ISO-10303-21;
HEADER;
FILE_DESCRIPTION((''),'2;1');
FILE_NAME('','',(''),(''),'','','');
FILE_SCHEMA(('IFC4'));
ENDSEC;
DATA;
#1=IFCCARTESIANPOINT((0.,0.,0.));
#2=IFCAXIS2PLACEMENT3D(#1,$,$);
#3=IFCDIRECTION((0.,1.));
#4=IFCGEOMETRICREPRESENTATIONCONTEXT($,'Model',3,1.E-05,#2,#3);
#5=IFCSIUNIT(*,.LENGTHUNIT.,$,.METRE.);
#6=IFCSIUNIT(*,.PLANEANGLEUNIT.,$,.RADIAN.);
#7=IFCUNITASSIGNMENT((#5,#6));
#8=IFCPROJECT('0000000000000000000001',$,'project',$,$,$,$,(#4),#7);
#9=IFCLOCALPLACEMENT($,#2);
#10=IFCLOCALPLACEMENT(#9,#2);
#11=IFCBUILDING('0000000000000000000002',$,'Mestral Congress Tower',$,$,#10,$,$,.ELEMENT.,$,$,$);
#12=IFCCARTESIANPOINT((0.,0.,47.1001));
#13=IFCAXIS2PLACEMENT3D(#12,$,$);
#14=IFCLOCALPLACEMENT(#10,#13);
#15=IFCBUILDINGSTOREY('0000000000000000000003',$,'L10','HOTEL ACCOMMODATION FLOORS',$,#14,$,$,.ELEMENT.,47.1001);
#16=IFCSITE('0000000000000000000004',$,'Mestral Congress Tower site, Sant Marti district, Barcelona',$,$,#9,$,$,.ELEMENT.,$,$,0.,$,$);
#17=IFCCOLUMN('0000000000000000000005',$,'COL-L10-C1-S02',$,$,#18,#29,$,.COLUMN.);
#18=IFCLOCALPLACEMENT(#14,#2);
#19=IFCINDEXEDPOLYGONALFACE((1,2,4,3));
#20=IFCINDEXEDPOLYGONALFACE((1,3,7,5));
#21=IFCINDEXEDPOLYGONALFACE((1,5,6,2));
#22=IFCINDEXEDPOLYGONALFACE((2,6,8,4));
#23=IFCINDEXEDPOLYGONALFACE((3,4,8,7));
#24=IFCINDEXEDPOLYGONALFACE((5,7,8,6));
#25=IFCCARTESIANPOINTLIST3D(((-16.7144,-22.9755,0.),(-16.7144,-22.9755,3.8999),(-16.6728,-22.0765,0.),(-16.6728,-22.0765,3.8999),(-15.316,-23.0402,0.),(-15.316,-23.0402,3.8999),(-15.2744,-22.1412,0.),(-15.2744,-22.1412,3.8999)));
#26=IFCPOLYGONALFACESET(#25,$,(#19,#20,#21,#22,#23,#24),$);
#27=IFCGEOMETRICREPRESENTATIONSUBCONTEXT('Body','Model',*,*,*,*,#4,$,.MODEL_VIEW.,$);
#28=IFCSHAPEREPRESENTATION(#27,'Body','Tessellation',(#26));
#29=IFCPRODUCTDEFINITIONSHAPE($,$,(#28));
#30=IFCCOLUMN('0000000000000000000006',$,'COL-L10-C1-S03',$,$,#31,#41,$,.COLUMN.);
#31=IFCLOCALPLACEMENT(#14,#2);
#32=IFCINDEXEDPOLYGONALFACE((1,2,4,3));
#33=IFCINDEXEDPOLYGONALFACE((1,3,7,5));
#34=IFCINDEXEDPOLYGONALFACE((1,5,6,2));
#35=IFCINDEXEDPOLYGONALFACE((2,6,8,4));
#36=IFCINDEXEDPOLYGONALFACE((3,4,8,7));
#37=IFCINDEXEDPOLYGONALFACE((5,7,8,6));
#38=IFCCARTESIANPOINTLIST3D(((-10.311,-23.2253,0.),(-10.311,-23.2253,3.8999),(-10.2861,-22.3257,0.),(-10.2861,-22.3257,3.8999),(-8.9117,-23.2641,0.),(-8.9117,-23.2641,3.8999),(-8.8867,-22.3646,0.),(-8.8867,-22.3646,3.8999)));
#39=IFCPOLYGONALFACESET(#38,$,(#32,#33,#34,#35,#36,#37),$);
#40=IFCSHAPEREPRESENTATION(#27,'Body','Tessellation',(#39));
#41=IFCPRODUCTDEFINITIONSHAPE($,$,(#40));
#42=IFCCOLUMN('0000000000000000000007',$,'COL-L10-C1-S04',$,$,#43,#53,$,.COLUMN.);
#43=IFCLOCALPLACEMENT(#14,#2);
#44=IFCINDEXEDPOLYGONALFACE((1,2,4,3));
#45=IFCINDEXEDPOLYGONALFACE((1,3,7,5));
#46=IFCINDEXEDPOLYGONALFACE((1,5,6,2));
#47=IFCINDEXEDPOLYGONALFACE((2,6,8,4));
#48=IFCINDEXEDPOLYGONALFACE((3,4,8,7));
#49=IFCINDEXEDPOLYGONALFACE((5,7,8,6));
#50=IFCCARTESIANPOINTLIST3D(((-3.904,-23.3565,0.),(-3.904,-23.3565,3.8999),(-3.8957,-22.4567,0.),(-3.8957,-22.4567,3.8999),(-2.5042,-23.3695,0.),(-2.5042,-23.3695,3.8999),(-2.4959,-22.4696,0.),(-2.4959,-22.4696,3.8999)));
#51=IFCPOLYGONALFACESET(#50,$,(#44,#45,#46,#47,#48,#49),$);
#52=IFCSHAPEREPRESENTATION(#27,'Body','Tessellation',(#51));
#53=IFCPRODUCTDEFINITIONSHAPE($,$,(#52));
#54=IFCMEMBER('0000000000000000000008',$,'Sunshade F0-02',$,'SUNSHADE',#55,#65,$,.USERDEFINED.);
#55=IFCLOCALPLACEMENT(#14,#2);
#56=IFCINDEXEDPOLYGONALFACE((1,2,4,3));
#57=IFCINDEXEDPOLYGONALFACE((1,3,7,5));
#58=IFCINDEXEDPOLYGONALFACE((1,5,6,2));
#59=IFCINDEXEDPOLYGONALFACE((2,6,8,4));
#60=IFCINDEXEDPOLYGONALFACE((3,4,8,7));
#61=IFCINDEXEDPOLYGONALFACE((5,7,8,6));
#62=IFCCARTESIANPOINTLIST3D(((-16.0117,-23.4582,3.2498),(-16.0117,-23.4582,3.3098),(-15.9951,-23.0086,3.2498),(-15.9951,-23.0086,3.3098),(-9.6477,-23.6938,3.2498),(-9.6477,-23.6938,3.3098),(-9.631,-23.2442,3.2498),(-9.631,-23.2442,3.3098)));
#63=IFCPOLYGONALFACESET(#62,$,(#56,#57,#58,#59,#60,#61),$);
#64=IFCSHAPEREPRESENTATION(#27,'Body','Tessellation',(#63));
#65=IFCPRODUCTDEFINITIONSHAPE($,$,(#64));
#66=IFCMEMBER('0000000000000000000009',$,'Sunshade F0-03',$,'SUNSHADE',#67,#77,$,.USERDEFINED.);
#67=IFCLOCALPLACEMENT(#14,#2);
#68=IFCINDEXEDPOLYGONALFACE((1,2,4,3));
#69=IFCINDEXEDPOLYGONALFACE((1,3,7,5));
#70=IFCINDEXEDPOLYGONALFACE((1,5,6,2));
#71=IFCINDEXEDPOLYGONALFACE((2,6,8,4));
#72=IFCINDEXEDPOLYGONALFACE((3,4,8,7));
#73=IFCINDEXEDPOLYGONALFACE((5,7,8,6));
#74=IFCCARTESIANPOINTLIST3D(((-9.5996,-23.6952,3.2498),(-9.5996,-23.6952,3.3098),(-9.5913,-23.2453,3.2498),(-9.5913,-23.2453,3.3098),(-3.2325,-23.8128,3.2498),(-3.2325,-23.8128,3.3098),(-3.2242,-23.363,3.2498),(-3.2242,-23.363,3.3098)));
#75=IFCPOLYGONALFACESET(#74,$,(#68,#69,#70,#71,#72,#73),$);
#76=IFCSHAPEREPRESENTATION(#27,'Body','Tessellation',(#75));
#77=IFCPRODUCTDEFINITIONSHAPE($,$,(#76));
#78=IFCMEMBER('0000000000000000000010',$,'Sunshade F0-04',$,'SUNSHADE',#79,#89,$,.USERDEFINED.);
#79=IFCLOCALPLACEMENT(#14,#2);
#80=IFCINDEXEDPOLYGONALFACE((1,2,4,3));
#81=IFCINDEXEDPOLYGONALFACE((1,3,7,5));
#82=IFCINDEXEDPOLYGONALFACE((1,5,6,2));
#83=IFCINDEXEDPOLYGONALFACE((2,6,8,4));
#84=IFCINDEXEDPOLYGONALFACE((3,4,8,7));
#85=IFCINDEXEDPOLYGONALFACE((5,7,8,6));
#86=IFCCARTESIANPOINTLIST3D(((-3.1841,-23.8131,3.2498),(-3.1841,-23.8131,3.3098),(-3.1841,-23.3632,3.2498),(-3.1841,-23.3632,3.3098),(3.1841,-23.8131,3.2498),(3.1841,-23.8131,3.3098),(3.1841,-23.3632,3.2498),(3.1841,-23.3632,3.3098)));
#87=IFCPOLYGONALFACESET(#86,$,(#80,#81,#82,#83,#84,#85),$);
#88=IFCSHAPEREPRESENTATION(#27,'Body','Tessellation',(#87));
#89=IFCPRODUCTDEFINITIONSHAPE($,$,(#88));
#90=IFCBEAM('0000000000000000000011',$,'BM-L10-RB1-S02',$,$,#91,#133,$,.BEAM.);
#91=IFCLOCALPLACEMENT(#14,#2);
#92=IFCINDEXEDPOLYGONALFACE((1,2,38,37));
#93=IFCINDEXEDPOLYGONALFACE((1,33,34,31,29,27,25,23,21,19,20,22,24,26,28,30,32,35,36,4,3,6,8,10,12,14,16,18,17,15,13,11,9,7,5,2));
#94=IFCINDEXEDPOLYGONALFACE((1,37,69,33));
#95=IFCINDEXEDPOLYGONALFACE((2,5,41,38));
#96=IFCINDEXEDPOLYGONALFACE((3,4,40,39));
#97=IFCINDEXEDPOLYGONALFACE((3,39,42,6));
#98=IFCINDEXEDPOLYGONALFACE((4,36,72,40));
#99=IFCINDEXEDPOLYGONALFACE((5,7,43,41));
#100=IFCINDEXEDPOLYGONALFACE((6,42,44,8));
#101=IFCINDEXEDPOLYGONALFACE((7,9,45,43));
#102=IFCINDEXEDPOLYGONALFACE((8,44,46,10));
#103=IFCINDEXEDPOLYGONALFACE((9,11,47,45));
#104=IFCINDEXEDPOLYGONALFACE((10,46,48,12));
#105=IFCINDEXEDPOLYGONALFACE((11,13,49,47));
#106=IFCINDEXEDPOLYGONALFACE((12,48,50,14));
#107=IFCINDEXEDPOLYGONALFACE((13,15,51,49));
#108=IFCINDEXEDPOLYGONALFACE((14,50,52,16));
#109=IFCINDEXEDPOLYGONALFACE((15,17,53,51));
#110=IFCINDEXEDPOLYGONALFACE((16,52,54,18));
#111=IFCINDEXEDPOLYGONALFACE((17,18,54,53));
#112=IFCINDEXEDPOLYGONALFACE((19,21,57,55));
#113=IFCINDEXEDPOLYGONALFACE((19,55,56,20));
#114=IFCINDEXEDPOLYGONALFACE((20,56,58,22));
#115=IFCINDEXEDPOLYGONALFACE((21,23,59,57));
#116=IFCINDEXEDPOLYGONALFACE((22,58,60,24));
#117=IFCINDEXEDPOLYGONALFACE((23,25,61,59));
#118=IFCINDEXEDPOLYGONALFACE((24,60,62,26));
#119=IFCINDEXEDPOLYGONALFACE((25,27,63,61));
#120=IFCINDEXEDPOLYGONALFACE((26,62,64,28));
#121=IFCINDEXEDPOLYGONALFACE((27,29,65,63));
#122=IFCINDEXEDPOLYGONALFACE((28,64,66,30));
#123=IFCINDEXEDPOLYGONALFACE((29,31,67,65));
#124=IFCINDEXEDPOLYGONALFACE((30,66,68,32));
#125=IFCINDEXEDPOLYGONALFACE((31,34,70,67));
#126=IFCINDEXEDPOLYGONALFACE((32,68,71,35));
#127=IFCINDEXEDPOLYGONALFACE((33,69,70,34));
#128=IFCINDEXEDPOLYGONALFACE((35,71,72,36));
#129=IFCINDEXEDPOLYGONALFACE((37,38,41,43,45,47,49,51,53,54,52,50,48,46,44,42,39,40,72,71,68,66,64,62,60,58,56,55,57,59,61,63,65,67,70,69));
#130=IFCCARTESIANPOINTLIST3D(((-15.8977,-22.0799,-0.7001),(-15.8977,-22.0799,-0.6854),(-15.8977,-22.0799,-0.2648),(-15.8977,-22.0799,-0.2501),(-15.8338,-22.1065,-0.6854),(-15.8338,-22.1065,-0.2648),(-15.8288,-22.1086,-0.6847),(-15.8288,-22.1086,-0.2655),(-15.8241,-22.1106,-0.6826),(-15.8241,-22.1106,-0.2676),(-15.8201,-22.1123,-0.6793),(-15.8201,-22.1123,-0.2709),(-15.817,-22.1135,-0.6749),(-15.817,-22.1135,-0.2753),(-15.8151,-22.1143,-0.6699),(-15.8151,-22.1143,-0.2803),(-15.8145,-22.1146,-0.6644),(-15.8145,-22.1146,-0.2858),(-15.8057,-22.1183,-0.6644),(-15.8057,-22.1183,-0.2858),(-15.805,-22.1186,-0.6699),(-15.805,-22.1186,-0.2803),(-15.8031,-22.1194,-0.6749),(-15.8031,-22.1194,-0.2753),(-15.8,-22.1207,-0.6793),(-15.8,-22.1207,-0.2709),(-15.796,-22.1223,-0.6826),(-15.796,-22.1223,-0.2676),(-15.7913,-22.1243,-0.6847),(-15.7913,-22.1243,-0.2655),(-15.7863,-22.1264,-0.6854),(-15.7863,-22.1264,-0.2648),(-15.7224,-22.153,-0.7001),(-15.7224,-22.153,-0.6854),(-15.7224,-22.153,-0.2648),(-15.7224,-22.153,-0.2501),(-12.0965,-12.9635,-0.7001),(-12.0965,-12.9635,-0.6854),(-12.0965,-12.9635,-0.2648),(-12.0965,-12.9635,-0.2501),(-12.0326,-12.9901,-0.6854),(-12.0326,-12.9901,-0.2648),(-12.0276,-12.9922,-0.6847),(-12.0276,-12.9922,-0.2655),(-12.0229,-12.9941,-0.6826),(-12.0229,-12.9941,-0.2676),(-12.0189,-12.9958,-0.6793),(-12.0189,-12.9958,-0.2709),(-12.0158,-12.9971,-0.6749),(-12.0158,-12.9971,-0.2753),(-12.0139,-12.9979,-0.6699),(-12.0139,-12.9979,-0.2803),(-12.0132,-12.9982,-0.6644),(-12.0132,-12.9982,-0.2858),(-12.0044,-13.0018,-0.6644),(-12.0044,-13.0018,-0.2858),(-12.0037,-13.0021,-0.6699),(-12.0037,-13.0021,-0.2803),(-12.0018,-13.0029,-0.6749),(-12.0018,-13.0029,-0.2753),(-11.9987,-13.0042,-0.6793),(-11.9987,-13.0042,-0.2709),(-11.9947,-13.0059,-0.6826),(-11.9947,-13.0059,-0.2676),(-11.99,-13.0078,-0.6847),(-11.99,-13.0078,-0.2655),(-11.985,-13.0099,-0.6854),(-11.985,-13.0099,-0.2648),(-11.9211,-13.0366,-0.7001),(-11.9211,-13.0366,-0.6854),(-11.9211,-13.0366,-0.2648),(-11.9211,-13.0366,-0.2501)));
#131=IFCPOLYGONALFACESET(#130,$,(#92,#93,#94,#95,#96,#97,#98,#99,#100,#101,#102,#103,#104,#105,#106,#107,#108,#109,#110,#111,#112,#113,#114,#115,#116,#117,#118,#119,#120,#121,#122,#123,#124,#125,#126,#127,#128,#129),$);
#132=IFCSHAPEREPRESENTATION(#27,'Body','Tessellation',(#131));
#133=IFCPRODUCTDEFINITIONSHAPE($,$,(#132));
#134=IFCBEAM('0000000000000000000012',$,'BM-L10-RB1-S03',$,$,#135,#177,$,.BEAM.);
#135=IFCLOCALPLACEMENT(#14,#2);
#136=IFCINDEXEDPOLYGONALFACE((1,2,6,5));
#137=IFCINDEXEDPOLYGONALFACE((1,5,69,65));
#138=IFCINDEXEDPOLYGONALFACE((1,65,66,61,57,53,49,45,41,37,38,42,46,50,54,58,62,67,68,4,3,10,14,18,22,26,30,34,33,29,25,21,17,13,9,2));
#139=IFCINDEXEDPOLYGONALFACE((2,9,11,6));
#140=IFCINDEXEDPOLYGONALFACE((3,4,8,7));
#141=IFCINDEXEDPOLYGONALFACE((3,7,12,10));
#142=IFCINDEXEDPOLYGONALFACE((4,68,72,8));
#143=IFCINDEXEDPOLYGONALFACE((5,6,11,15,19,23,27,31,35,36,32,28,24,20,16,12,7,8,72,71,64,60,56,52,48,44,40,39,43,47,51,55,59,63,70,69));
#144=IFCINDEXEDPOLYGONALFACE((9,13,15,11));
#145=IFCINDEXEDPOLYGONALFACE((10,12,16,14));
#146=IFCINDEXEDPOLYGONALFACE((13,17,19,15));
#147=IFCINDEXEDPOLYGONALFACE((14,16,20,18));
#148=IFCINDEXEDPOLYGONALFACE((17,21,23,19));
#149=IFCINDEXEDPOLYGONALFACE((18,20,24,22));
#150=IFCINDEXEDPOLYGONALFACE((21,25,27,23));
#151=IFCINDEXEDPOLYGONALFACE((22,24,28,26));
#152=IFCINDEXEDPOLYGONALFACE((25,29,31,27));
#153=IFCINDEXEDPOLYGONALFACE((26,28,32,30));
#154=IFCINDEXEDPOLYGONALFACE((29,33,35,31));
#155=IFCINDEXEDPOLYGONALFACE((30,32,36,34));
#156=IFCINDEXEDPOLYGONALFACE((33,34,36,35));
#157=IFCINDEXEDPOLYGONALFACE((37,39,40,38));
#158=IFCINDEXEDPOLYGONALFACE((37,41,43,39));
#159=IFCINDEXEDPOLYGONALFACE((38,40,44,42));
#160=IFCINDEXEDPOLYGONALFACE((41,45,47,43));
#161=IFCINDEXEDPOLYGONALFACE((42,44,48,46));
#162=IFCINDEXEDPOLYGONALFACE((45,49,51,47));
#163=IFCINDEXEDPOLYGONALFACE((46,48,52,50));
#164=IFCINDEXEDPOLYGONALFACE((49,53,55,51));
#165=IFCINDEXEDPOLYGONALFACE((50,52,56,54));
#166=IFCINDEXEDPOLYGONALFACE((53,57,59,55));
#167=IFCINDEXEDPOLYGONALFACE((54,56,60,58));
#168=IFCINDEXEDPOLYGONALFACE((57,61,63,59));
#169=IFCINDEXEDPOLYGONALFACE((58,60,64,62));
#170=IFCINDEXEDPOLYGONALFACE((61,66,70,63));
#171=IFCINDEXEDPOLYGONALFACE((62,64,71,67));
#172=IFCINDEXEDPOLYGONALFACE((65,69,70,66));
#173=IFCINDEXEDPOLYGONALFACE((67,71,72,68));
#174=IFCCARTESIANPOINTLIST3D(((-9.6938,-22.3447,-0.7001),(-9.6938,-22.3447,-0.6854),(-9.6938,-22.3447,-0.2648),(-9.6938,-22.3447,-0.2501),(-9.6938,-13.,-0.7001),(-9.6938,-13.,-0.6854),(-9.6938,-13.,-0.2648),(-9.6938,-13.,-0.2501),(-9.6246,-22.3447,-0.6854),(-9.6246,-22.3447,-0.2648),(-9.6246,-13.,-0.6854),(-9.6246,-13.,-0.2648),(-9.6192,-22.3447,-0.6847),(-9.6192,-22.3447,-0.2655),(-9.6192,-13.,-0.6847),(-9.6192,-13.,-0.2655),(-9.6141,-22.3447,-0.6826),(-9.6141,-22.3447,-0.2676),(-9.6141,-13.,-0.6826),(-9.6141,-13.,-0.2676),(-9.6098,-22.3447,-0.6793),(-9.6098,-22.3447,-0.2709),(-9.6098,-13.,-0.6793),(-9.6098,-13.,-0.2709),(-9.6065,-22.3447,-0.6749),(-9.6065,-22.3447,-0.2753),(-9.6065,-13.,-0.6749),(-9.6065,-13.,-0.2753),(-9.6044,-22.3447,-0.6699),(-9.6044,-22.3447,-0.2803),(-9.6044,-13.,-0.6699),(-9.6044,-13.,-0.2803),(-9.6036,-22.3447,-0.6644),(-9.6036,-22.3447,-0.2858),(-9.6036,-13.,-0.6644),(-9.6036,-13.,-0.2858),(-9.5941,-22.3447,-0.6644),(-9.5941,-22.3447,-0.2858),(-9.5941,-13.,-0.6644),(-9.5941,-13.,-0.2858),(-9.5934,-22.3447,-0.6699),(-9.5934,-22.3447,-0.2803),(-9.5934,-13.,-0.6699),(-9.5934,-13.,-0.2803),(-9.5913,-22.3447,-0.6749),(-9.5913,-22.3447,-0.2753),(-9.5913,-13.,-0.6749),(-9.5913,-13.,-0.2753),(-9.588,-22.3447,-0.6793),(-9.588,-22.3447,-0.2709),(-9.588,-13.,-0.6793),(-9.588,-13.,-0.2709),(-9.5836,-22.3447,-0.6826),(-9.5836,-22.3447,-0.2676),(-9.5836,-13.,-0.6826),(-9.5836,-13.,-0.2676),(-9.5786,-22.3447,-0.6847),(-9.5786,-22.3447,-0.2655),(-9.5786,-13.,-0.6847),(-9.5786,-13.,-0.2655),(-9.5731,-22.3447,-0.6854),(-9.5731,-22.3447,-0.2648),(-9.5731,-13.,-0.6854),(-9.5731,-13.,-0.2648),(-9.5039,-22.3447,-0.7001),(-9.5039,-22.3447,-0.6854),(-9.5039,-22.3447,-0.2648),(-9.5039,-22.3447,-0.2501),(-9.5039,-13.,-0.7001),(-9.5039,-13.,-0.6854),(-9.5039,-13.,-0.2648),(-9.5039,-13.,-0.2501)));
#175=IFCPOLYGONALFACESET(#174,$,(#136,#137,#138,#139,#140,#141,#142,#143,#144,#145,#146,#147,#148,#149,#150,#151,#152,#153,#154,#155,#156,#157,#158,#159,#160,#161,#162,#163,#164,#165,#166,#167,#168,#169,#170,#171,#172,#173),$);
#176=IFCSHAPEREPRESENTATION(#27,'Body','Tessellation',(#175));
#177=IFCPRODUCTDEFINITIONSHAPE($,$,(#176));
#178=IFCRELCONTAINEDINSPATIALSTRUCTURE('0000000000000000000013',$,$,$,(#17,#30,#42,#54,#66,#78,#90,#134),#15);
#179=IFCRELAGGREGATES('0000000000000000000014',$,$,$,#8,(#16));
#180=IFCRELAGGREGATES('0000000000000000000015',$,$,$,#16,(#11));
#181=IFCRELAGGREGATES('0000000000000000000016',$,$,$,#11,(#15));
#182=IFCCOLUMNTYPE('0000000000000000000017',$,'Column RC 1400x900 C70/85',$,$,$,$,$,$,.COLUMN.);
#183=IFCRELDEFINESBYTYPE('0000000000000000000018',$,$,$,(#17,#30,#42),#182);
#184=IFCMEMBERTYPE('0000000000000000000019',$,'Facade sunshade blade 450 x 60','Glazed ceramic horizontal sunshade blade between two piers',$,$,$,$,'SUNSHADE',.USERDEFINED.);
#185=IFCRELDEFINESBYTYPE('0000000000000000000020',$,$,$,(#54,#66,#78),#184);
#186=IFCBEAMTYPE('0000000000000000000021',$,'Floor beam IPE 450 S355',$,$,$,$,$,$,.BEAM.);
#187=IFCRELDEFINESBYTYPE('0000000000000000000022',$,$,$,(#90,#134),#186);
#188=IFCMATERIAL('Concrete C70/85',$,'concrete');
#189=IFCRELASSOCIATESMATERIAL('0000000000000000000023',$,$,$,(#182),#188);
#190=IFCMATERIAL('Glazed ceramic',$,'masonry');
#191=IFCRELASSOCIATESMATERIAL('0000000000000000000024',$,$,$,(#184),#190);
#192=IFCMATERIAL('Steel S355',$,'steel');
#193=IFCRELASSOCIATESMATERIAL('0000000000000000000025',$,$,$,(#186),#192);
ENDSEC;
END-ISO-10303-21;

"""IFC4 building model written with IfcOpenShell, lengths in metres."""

from ifc_helpers import new_model, si_unit, direction, frame, origin, origin_2d, place, context, subcontext, project, spatial, rectangle, i_section, extrude, material, material_profile, profile_set, type_object, element, save


model = new_model("IFC4")

# Units and contexts
model_context = context("Model", 3, precision=1e-05, world=origin(), true_north=direction((0.0, 1.0)))
body_context = subcontext(model_context, "Body", "Model", "MODEL_VIEW")
ifc_project = project(units=[si_unit("LENGTHUNIT", "METRE"), si_unit("PLANEANGLEUNIT", "RADIAN")], contexts=[model_context])

# Site, building, storey
site_placement = place(None, origin())
site = spatial("IfcSite", under=ifc_project, at=site_placement, Name="Mestral Congress Tower site, Sant Marti district, Barcelona", CompositionType="ELEMENT", RefElevation=0.0)
building_placement = place(site_placement, origin())
building = spatial("IfcBuilding", under=site, at=building_placement, Name="Mestral Congress Tower", CompositionType="ELEMENT")
storey_placement = place(building_placement, frame((0.0, 0.0, 47.1001)))
storey = spatial("IfcBuildingStorey", under=building, at=storey_placement, Name="L10", Description="HOTEL ACCOMMODATION FLOORS", CompositionType="ELEMENT", Elevation=47.1001)

# Columns
ifc_material_1 = material(Name="Concrete C70/85", Category="concrete")
ifc_material_profile_1 = material_profile(ifc_material_1, rectangle(XDim=1.3999, YDim=0.8999, at=origin_2d()), Name="RC 1400x900")
ifc_profile_set_1 = profile_set([ifc_material_profile_1], Name="Concrete C70/85")
column_type = type_object("IfcColumnType", Name="Column RC 1400x900 C70/85", PredefinedType="COLUMN", material=ifc_profile_set_1)
for number, where, z_axis, x_axis, name in (
    (1, (-15.9944, -22.5583, 0.0), (0.0, 0.0, 1.0), (0.998932, -0.0462, 0.0), "COL-L10-C1-S02"),
    (2, (-9.5989, -22.7949, 0.0), (0.0, 0.0, 1.0), (0.999616, -0.027726, 0.0), "COL-L10-C1-S03"),
    (3, (-3.2, -22.9131, 0.0), (0.0, 0.0, 1.0), (0.999957, -0.009243, 0.0), "COL-L10-C1-S04"),
):
    element("IfcColumn", number, at=place(storey_placement, frame(where, z_axis=z_axis, x_axis=x_axis)), inside=storey, type_object=column_type, Name=name, PredefinedType="COLUMN", context=body_context, shape_type="SweptSolid", body=[
        extrude(rectangle(XDim=1.3999, YDim=0.8999, at=origin_2d()), origin(), (0.0, 0.0, 1.0), 3.8999),
    ])

# Members
ifc_material_2 = material(Name="Glazed ceramic", Category="masonry")
ifc_material_profile_2 = material_profile(ifc_material_2, rectangle(XDim=0.45, YDim=0.0601, at=origin_2d()), Name="Ceramic blade 450 x 60")
ifc_profile_set_2 = profile_set([ifc_material_profile_2], Name="Glazed ceramic")
member_type = type_object("IfcMemberType", Name="Facade sunshade blade 450 x 60", Description="Glazed ceramic horizontal sunshade blade between two piers", ElementType="SUNSHADE", PredefinedType="USERDEFINED", material=ifc_profile_set_2)
member_placement = place(storey_placement, frame((-16.0034, -23.2334, 3.2798), z_axis=(0.999315, -0.036995, 0.0), x_axis=(0.036995, 0.999315, 0.0)))
element("IfcMember", 4, at=member_placement, inside=storey, type_object=member_type, Name="Sunshade F0-02", ObjectType="SUNSHADE", PredefinedType="USERDEFINED", context=body_context, shape_type="SweptSolid", body=[
    extrude(rectangle(XDim=0.45, YDim=0.0601, at=origin_2d()), origin(), (0.0, 0.0, 1.0), 6.3684),
])
for number, where, z_axis, x_axis, name in (
    (5, (-9.5955, -23.4702, 3.2798), (0.999829, -0.018478, 0.0), (0.018478, 0.999829, 0.0), "Sunshade F0-03"),
    (6, (-3.1841, -23.5881, 3.2798), (1.0, 0.0, 0.0), (0.0, 1.0, 0.0), "Sunshade F0-04"),
):
    element("IfcMember", number, at=place(storey_placement, frame(where, z_axis=z_axis, x_axis=x_axis)), inside=storey, type_object=member_type, Name=name, ObjectType="SUNSHADE", PredefinedType="USERDEFINED", context=body_context, shape_type="SweptSolid", body=[
        extrude(rectangle(XDim=0.45, YDim=0.0601, at=origin_2d()), origin(), (0.0, 0.0, 1.0), 6.3682),
    ])

# Beams
ifc_material_3 = material(Name="Steel S355", Category="steel")
ifc_material_profile_3 = material_profile(ifc_material_3, i_section(OverallWidth=0.1899, OverallDepth=0.45, WebThickness=0.0095, FlangeThickness=0.0146, FilletRadius=0.021, at=origin_2d()), Name="IPE 450")
ifc_profile_set_3 = profile_set([ifc_material_profile_3], Name="Steel S355")
beam_type_1 = type_object("IfcBeamType", Name="Floor beam IPE 450 S355", PredefinedType="BEAM", material=ifc_profile_set_3)
beam_1_placement = place(storey_placement, frame((-15.8101, -22.1165, -0.4751), z_axis=(0.384852, 0.922978, 0.0), x_axis=(-0.922978, 0.384852, 0.0)))
element("IfcBeam", 7, at=beam_1_placement, inside=storey, type_object=beam_type_1, Name="BM-L10-RB1-S02", PredefinedType="BEAM", context=body_context, shape_type="SweptSolid", body=[
    extrude(i_section(OverallWidth=0.1899, OverallDepth=0.45, WebThickness=0.0095, FlangeThickness=0.0146, FilletRadius=0.021, at=origin_2d()), origin(), (0.0, 0.0, 1.0), 9.8772),
])
beam_2_placement = place(storey_placement, frame((-9.5989, -22.3447, -0.4751), z_axis=(0.0, 1.0, 0.0), x_axis=(-1.0, 0.0, 0.0)))
element("IfcBeam", 8, at=beam_2_placement, inside=storey, type_object=beam_type_1, Name="BM-L10-RB1-S03", PredefinedType="BEAM", context=body_context, shape_type="SweptSolid", body=[
    extrude(i_section(OverallWidth=0.1899, OverallDepth=0.45, WebThickness=0.0095, FlangeThickness=0.0146, FilletRadius=0.021, at=origin_2d()), origin(), (0.0, 0.0, 1.0), 9.3447),
])

save(model, "model.ifc")
